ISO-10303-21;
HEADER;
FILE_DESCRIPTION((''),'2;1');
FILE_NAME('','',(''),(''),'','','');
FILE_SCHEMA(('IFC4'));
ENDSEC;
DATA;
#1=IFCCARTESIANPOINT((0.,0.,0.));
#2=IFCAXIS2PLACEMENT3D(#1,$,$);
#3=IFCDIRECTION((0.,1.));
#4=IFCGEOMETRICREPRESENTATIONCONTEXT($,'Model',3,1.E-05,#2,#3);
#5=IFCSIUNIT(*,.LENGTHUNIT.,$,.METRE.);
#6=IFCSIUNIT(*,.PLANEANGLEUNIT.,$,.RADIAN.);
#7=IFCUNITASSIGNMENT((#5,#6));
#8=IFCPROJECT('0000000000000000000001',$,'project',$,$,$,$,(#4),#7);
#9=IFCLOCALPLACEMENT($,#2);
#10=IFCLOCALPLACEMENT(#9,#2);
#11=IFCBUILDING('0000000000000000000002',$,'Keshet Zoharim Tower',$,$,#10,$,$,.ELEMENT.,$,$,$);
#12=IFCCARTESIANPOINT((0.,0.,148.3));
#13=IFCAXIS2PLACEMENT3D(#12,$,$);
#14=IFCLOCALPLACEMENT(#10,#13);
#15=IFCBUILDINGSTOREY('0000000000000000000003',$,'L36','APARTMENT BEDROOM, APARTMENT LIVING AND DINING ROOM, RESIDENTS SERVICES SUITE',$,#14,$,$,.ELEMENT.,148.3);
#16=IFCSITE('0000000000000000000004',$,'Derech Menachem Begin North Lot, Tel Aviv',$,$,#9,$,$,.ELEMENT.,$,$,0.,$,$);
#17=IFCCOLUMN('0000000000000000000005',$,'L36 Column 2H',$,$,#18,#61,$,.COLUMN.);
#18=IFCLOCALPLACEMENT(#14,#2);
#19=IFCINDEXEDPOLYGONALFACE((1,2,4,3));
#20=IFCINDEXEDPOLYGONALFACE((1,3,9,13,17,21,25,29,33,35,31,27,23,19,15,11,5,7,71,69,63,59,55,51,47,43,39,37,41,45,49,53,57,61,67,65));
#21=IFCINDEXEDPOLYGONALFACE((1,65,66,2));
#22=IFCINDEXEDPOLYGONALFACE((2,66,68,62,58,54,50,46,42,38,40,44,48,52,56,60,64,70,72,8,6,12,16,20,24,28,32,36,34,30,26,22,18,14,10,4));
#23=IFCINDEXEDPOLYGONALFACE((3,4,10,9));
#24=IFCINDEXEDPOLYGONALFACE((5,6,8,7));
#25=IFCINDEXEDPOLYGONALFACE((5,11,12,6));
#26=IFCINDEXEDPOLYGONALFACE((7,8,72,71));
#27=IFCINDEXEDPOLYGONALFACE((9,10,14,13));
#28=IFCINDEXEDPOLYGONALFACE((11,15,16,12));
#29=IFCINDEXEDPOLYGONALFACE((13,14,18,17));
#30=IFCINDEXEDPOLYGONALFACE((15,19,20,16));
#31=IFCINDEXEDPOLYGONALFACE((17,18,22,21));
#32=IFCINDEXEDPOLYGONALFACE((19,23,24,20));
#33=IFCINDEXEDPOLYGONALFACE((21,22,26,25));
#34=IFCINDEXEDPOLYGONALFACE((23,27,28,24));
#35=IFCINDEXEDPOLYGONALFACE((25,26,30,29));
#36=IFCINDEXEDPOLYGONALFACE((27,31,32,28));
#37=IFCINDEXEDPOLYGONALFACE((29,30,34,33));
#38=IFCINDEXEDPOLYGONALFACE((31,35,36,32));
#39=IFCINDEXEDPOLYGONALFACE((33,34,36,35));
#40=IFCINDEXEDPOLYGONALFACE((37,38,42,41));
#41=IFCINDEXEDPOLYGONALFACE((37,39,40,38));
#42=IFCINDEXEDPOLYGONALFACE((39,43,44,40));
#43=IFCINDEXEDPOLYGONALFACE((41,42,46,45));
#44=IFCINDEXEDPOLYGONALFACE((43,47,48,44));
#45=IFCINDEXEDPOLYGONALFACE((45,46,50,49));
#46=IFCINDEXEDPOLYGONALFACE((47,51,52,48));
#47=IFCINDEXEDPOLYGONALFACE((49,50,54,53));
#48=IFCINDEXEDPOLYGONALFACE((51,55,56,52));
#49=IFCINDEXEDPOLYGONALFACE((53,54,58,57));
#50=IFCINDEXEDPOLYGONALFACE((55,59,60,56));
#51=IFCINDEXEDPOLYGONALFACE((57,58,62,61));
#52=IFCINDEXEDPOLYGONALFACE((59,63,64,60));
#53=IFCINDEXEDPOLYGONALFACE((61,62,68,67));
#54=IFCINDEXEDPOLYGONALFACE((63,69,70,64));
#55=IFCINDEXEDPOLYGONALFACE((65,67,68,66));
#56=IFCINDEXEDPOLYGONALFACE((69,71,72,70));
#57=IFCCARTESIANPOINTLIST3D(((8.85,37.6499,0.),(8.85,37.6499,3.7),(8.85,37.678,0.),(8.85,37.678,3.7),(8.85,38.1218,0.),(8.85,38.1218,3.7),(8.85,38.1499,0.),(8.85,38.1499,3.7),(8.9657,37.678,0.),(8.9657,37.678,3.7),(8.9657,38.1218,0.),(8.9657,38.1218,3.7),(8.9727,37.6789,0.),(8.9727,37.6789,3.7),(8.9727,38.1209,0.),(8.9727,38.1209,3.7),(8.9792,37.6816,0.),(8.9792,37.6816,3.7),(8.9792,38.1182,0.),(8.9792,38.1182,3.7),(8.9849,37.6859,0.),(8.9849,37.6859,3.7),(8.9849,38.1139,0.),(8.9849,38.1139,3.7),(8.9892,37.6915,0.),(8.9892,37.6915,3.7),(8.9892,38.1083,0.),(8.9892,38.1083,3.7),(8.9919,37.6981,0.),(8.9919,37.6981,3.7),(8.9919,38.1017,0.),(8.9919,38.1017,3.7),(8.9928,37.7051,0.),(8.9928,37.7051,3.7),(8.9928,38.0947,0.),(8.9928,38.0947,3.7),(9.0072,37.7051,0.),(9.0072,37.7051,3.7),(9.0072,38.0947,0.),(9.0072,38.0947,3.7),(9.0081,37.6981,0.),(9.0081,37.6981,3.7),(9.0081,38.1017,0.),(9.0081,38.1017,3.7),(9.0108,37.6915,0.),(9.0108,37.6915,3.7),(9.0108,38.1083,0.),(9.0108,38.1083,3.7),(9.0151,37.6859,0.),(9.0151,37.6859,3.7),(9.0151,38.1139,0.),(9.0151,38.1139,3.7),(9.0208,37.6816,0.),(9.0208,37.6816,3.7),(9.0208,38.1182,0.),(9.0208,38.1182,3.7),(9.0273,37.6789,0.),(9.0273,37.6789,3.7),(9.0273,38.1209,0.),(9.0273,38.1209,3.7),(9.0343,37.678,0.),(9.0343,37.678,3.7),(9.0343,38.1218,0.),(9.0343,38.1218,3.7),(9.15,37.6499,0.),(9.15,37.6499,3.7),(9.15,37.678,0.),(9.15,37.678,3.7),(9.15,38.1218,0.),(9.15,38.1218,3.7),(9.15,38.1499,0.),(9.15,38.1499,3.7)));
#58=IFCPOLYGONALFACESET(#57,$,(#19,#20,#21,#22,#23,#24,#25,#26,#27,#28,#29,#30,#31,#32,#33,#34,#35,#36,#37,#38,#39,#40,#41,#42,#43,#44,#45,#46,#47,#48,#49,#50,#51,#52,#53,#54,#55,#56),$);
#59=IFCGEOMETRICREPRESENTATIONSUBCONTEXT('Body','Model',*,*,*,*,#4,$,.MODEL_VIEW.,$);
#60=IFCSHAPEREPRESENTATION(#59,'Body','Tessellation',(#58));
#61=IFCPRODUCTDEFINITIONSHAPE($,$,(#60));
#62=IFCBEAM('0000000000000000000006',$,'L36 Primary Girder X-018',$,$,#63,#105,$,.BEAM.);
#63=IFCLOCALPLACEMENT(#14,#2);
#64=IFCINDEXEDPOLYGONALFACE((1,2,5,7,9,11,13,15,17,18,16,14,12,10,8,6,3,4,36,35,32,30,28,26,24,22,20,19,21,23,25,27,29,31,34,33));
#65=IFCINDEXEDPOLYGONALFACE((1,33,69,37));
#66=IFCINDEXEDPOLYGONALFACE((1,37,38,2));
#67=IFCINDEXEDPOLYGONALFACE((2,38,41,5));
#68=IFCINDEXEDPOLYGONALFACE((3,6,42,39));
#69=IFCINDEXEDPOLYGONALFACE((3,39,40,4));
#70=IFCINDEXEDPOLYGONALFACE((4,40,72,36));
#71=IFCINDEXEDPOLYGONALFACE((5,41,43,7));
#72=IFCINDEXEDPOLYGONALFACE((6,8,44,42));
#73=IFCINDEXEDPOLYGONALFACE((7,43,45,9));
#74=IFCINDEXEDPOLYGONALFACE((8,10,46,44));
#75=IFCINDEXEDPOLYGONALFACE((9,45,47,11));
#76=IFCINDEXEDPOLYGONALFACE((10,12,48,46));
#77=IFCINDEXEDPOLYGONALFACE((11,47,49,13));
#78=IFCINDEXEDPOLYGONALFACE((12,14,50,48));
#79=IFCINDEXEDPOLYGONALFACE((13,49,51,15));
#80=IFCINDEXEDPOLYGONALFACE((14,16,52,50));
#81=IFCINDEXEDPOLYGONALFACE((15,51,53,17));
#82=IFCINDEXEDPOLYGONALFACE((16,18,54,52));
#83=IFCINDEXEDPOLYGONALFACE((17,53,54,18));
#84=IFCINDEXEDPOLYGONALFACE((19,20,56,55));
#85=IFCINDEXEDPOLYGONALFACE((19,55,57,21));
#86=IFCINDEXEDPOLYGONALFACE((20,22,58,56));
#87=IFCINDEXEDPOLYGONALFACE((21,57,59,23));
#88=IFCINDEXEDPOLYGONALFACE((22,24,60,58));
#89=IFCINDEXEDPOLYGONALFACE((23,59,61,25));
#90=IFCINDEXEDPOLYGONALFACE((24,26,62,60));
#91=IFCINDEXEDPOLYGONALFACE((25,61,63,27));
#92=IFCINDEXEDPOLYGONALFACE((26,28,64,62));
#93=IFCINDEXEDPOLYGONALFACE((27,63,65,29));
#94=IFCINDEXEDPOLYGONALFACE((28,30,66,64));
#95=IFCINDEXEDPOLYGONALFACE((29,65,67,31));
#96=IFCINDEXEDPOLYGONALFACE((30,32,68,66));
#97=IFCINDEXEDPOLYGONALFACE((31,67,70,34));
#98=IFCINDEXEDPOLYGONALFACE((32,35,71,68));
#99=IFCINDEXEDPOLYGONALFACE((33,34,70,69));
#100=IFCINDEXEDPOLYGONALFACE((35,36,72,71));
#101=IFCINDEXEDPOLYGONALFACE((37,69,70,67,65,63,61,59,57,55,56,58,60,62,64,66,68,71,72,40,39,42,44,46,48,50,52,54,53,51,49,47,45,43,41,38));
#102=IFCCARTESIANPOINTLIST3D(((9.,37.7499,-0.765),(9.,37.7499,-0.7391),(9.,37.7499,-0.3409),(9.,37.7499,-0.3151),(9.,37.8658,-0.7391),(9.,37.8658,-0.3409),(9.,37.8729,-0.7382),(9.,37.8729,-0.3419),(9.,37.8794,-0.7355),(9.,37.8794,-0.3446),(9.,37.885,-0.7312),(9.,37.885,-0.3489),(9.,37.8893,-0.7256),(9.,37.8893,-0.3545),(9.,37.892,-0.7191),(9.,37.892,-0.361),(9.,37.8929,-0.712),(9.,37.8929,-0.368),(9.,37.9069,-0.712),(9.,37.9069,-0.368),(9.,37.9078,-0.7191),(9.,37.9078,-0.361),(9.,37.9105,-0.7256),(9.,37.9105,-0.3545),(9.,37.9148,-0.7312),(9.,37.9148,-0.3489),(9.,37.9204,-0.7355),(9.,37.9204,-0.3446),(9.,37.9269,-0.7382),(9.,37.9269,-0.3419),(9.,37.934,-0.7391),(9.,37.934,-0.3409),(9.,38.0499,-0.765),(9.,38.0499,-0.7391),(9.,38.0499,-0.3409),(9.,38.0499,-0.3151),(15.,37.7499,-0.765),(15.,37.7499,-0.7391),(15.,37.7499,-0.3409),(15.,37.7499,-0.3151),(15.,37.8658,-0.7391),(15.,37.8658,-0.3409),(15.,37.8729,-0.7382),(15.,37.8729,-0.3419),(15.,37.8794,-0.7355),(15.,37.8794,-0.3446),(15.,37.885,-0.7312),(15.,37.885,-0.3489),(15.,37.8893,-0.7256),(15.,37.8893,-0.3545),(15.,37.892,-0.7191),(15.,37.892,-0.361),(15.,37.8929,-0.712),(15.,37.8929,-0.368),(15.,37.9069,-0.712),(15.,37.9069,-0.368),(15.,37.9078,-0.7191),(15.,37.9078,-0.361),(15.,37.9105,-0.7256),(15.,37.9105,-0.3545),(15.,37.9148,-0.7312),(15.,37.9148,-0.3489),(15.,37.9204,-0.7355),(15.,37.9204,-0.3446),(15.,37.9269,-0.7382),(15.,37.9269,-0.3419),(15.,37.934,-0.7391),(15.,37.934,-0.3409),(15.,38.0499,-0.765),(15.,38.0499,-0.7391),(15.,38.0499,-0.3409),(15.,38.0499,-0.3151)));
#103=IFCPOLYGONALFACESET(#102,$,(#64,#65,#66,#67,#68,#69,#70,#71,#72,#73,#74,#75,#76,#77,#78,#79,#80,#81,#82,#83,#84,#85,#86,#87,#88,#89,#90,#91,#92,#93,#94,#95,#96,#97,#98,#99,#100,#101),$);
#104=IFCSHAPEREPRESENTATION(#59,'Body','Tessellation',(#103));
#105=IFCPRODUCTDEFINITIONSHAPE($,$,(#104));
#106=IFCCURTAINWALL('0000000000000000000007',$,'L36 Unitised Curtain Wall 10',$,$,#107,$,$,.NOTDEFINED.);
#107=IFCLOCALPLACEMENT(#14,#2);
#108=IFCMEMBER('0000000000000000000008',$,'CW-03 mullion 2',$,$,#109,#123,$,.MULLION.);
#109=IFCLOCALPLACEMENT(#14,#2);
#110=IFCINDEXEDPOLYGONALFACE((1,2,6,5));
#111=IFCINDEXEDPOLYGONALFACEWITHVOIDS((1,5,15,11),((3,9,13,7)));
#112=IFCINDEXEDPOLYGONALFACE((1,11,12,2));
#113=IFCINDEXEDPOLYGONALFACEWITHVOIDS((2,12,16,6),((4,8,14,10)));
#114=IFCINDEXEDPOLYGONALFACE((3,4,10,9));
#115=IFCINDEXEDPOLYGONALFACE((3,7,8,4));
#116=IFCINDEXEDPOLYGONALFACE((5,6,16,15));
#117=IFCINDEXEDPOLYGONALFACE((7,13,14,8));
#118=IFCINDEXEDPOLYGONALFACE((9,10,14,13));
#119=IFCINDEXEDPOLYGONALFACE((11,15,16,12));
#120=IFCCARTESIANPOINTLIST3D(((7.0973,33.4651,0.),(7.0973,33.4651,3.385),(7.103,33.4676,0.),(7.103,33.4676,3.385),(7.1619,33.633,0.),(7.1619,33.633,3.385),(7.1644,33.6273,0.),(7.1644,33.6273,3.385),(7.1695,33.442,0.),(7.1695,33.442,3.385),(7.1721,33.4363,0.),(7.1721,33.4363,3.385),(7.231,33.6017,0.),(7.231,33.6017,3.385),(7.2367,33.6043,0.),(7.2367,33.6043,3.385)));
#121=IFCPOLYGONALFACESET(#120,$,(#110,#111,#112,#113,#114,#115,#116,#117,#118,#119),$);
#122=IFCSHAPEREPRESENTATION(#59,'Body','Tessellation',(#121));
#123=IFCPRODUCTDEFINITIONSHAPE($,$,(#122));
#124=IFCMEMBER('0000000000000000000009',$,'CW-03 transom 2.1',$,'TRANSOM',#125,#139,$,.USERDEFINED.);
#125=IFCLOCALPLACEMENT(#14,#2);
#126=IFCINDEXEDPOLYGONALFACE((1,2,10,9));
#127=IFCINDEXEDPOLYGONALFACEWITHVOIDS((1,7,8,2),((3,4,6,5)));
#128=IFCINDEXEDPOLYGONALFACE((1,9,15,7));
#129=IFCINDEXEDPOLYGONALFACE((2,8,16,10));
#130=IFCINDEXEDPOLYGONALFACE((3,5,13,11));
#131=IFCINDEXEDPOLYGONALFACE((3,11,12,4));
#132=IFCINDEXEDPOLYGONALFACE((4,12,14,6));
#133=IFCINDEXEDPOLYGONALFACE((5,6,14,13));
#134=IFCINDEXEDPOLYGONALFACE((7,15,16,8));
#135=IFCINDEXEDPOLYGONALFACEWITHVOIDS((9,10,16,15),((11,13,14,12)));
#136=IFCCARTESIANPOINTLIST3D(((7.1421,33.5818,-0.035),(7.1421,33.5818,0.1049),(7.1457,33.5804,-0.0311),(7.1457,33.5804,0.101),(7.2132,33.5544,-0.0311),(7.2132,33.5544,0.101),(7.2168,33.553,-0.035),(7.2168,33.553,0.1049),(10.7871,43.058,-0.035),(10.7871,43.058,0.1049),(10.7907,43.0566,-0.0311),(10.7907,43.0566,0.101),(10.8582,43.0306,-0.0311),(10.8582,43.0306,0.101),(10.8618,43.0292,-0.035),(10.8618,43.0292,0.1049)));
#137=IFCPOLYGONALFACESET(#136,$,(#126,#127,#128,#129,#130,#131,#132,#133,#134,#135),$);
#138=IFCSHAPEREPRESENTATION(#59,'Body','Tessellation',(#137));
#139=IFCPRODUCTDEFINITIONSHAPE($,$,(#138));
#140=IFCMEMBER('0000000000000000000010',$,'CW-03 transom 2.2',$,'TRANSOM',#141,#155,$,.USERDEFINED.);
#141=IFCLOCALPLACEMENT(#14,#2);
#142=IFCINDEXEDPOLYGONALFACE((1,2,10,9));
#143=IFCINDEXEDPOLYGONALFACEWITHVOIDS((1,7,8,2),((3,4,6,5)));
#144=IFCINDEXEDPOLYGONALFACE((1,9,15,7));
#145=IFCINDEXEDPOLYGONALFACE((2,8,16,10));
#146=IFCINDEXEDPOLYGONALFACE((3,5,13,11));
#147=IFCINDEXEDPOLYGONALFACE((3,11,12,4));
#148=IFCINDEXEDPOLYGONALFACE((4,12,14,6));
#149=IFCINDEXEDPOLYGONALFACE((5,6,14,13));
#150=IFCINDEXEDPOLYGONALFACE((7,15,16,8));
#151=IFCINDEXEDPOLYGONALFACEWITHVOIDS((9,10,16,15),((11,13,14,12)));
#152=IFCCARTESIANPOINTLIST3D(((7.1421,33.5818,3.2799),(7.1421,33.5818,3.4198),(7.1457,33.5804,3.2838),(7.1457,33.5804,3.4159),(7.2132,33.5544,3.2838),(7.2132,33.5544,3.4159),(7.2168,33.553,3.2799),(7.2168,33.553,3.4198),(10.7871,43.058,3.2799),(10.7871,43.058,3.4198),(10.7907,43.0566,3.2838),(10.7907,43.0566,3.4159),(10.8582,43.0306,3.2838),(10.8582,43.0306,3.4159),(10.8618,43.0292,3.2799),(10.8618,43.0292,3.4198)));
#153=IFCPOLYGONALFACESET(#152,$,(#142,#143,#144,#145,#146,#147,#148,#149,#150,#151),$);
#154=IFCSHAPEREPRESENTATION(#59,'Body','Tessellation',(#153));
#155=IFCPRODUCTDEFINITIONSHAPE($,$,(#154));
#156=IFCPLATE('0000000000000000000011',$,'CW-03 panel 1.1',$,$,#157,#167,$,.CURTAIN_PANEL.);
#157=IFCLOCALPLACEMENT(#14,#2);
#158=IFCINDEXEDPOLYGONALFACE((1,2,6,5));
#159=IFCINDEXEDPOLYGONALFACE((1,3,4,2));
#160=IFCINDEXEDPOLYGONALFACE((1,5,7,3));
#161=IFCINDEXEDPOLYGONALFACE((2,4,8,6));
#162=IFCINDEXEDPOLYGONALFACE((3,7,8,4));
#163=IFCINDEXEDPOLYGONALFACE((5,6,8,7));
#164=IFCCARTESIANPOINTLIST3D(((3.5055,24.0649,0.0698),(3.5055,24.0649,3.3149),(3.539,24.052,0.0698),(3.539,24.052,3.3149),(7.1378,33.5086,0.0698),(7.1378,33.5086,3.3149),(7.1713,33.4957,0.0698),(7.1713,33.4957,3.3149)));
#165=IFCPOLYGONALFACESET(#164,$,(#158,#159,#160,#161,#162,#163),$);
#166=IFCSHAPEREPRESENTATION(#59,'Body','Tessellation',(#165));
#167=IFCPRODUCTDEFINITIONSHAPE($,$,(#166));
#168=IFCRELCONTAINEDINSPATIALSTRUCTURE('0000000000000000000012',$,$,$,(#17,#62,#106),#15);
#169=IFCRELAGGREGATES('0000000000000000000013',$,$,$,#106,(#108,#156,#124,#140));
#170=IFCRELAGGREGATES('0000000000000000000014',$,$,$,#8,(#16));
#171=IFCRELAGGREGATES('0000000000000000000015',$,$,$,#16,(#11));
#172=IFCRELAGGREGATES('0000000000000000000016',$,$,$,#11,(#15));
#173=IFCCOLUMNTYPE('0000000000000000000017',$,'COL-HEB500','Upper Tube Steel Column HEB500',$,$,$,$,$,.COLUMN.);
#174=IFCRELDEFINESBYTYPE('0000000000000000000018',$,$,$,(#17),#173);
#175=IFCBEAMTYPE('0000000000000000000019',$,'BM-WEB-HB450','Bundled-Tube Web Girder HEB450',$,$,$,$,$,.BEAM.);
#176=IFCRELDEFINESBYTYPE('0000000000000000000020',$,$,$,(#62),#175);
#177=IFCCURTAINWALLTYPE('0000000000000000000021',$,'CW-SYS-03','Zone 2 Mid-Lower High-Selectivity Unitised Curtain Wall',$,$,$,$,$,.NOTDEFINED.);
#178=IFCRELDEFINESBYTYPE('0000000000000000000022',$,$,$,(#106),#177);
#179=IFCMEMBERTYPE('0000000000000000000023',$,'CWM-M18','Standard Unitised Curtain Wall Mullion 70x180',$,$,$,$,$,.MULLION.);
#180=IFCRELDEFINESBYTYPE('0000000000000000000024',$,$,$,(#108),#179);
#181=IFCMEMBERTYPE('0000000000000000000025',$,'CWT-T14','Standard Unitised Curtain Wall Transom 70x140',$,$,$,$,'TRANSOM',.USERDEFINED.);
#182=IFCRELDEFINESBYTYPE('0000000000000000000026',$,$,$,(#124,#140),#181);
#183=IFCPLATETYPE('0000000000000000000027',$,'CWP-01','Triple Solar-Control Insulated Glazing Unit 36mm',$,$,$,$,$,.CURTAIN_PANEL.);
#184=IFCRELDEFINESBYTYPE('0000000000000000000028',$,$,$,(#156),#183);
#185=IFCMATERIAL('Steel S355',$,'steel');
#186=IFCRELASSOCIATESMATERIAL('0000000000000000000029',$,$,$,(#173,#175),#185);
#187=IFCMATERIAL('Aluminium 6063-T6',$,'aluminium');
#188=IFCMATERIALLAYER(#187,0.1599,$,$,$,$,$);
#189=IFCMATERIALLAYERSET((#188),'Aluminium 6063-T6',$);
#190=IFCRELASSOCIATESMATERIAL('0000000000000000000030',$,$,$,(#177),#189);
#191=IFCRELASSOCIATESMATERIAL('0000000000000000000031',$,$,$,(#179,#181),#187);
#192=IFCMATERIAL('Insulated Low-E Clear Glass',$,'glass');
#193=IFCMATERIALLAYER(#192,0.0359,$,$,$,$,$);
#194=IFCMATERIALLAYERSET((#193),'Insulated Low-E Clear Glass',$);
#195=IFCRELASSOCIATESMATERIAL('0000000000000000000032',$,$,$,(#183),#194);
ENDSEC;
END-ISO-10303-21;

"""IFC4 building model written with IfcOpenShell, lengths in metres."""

from ifc_helpers import new_model, si_unit, direction, frame, origin, origin_2d, place, context, subcontext, project, spatial, rectangle, hollow_rectangle, i_section, extrude, material, layer, layer_set, material_profile, profile_set, type_object, element, aggregate, save


model = new_model("IFC4")

# Units and contexts
model_context = context("Model", 3, precision=1e-05, world=origin(), true_north=direction((0.0, 1.0)))
body_context = subcontext(model_context, "Body", "Model", "MODEL_VIEW")
ifc_project = project(units=[si_unit("LENGTHUNIT", "METRE"), si_unit("PLANEANGLEUNIT", "RADIAN")], contexts=[model_context])

# Site, building, storey
site_placement = place(None, origin())
site = spatial("IfcSite", under=ifc_project, at=site_placement, Name="Derech Menachem Begin North Lot, Tel Aviv", CompositionType="ELEMENT", RefElevation=0.0)
building_placement = place(site_placement, origin())
building = spatial("IfcBuilding", under=site, at=building_placement, Name="Keshet Zoharim Tower", CompositionType="ELEMENT")
storey_placement = place(building_placement, frame((0.0, 0.0, 148.3)))
storey = spatial("IfcBuildingStorey", under=building, at=storey_placement, Name="L36", Description="APARTMENT BEDROOM, APARTMENT LIVING AND DINING ROOM, RESIDENTS SERVICES SUITE", CompositionType="ELEMENT", Elevation=148.3)

# Column
ifc_material_1 = material(Name="Steel S355", Category="steel")
ifc_material_profile_1 = material_profile(ifc_material_1, i_section(OverallWidth=0.3, OverallDepth=0.5, WebThickness=0.0144, FlangeThickness=0.0281, FilletRadius=0.0271, at=origin_2d()), Name="HEB500")
ifc_profile_set_1 = profile_set([ifc_material_profile_1], Name="Steel S355")
column_type = type_object("IfcColumnType", Name="COL-HEB500", Description="Upper Tube Steel Column HEB500", PredefinedType="COLUMN", material=ifc_profile_set_1)
column_placement = place(storey_placement, frame((9.0, 37.8999, 0.0), z_axis=(0.0, 0.0, 1.0), x_axis=(1.0, 0.0, 0.0)))
element("IfcColumn", 1, at=column_placement, inside=storey, type_object=column_type, Name="L36 Column 2H", PredefinedType="COLUMN", context=body_context, shape_type="SweptSolid", body=[
    extrude(i_section(OverallWidth=0.3, OverallDepth=0.5, WebThickness=0.0144, FlangeThickness=0.0281, FilletRadius=0.0271, at=origin_2d()), origin(), (0.0, 0.0, 1.0), 3.7),
])

# Beam
ifc_material_profile_2 = material_profile(ifc_material_1, i_section(OverallWidth=0.3, OverallDepth=0.45, WebThickness=0.0139, FlangeThickness=0.0259, FilletRadius=0.0271, at=origin_2d()), Name="HEB450")
ifc_profile_set_2 = profile_set([ifc_material_profile_2], Name="Steel S355")
beam_type = type_object("IfcBeamType", Name="BM-WEB-HB450", Description="Bundled-Tube Web Girder HEB450", PredefinedType="BEAM", material=ifc_profile_set_2)
beam_placement = place(storey_placement, frame((9.0, 37.8999, -0.54), z_axis=(1.0, 0.0, 0.0), x_axis=(0.0, 1.0, 0.0)))
element("IfcBeam", 2, at=beam_placement, inside=storey, type_object=beam_type, Name="L36 Primary Girder X-018", PredefinedType="BEAM", context=body_context, shape_type="SweptSolid", body=[
    extrude(i_section(OverallWidth=0.3, OverallDepth=0.45, WebThickness=0.0139, FlangeThickness=0.0259, FilletRadius=0.0271, at=origin_2d()), origin(), (0.0, 0.0, 1.0), 6.0),
])

# Curtain wall, members, plate
ifc_material_2 = material(Name="Aluminium 6063-T6", Category="aluminium")
ifc_layer_1 = layer(ifc_material_2, 0.1599)
ifc_layer_set_1 = layer_set([ifc_layer_1], Name="Aluminium 6063-T6")
curtain_wall_type = type_object("IfcCurtainWallType", Name="CW-SYS-03", Description="Zone 2 Mid-Lower High-Selectivity Unitised Curtain Wall", PredefinedType="NOTDEFINED", material=ifc_layer_set_1)
curtain_wall_placement = place(storey_placement, origin())
curtain_wall = element("IfcCurtainWall", 3, at=curtain_wall_placement, inside=storey, type_object=curtain_wall_type, Name="L36 Unitised Curtain Wall 10", PredefinedType="NOTDEFINED")
ifc_material_profile_3 = material_profile(ifc_material_2, hollow_rectangle(XDim=0.0801, YDim=0.1799, WallThickness=0.0044, at=origin_2d()), Name="MUL-80x180")
ifc_profile_set_3 = profile_set([ifc_material_profile_3], Name="Aluminium 6063-T6")
member_type_1 = type_object("IfcMemberType", Name="CWM-M18", Description="Standard Unitised Curtain Wall Mullion 70x180", PredefinedType="MULLION", material=ifc_profile_set_3)
member_1_placement = place(storey_placement, frame((7.167, 33.5347, 0.0), z_axis=(0.0, 0.0, 1.0), x_axis=(-0.933341, 0.35899, 0.0)))
member_1 = element("IfcMember", 4, at=member_1_placement, type_object=member_type_1, Name="CW-03 mullion 2", PredefinedType="MULLION", context=body_context, shape_type="SweptSolid", body=[
    extrude(hollow_rectangle(XDim=0.0801, YDim=0.1799, WallThickness=0.0044, at=origin_2d()), origin(), (0.0, 0.0, 1.0), 3.385),
])
ifc_material_profile_4 = material_profile(ifc_material_2, hollow_rectangle(XDim=0.0801, YDim=0.1399, WallThickness=0.0039, at=origin_2d()), Name="TRN-80x140")
ifc_profile_set_4 = profile_set([ifc_material_profile_4], Name="Aluminium 6063-T6")
member_type_2 = type_object("IfcMemberType", Name="CWT-T14", Description="Standard Unitised Curtain Wall Transom 70x140", ElementType="TRANSOM", PredefinedType="USERDEFINED", material=ifc_profile_set_4)
member_2_placement = place(storey_placement, frame((7.1794, 33.5674, 0.0349), z_axis=(0.359003, 0.933336, 0.0), x_axis=(-0.933336, 0.359003, 0.0)))
member_2 = element("IfcMember", 5, at=member_2_placement, type_object=member_type_2, Name="CW-03 transom 2.1", ObjectType="TRANSOM", PredefinedType="USERDEFINED", context=body_context, shape_type="SweptSolid", body=[
    extrude(hollow_rectangle(XDim=0.0801, YDim=0.1399, WallThickness=0.0039, at=origin_2d()), origin(), (0.0, 0.0, 1.0), 10.1531),
])
member_3_placement = place(storey_placement, frame((7.1794, 33.5674, 3.3499), z_axis=(0.359003, 0.933336, 0.0), x_axis=(-0.933336, 0.359003, 0.0)))
member_3 = element("IfcMember", 6, at=member_3_placement, type_object=member_type_2, Name="CW-03 transom 2.2", ObjectType="TRANSOM", PredefinedType="USERDEFINED", context=body_context, shape_type="SweptSolid", body=[
    extrude(hollow_rectangle(XDim=0.0801, YDim=0.1399, WallThickness=0.0039, at=origin_2d()), origin(), (0.0, 0.0, 1.0), 10.1531),
])
ifc_material_3 = material(Name="Insulated Low-E Clear Glass", Category="glass")
ifc_layer_2 = layer(ifc_material_3, 0.0359)
ifc_layer_set_2 = layer_set([ifc_layer_2], Name="Insulated Low-E Clear Glass")
plate_type = type_object("IfcPlateType", Name="CWP-01", Description="Triple Solar-Control Insulated Glazing Unit 36mm", PredefinedType="CURTAIN_PANEL", material=ifc_layer_set_2)
plate_placement = place(storey_placement, frame((5.3384, 28.7803, 0.0698), z_axis=(0.0, 0.0, 1.0), x_axis=(0.35899, 0.933341, 0.0)))
plate = element("IfcPlate", 7, at=plate_placement, type_object=plate_type, Name="CW-03 panel 1.1", PredefinedType="CURTAIN_PANEL", context=body_context, shape_type="SweptSolid", body=[
    extrude(rectangle(XDim=10.1182, YDim=0.0359, at=origin_2d()), origin(), (0.0, 0.0, 1.0), 3.2451),
])
aggregate(curtain_wall, [member_1, plate, member_2, member_3])

save(model, "model.ifc")
